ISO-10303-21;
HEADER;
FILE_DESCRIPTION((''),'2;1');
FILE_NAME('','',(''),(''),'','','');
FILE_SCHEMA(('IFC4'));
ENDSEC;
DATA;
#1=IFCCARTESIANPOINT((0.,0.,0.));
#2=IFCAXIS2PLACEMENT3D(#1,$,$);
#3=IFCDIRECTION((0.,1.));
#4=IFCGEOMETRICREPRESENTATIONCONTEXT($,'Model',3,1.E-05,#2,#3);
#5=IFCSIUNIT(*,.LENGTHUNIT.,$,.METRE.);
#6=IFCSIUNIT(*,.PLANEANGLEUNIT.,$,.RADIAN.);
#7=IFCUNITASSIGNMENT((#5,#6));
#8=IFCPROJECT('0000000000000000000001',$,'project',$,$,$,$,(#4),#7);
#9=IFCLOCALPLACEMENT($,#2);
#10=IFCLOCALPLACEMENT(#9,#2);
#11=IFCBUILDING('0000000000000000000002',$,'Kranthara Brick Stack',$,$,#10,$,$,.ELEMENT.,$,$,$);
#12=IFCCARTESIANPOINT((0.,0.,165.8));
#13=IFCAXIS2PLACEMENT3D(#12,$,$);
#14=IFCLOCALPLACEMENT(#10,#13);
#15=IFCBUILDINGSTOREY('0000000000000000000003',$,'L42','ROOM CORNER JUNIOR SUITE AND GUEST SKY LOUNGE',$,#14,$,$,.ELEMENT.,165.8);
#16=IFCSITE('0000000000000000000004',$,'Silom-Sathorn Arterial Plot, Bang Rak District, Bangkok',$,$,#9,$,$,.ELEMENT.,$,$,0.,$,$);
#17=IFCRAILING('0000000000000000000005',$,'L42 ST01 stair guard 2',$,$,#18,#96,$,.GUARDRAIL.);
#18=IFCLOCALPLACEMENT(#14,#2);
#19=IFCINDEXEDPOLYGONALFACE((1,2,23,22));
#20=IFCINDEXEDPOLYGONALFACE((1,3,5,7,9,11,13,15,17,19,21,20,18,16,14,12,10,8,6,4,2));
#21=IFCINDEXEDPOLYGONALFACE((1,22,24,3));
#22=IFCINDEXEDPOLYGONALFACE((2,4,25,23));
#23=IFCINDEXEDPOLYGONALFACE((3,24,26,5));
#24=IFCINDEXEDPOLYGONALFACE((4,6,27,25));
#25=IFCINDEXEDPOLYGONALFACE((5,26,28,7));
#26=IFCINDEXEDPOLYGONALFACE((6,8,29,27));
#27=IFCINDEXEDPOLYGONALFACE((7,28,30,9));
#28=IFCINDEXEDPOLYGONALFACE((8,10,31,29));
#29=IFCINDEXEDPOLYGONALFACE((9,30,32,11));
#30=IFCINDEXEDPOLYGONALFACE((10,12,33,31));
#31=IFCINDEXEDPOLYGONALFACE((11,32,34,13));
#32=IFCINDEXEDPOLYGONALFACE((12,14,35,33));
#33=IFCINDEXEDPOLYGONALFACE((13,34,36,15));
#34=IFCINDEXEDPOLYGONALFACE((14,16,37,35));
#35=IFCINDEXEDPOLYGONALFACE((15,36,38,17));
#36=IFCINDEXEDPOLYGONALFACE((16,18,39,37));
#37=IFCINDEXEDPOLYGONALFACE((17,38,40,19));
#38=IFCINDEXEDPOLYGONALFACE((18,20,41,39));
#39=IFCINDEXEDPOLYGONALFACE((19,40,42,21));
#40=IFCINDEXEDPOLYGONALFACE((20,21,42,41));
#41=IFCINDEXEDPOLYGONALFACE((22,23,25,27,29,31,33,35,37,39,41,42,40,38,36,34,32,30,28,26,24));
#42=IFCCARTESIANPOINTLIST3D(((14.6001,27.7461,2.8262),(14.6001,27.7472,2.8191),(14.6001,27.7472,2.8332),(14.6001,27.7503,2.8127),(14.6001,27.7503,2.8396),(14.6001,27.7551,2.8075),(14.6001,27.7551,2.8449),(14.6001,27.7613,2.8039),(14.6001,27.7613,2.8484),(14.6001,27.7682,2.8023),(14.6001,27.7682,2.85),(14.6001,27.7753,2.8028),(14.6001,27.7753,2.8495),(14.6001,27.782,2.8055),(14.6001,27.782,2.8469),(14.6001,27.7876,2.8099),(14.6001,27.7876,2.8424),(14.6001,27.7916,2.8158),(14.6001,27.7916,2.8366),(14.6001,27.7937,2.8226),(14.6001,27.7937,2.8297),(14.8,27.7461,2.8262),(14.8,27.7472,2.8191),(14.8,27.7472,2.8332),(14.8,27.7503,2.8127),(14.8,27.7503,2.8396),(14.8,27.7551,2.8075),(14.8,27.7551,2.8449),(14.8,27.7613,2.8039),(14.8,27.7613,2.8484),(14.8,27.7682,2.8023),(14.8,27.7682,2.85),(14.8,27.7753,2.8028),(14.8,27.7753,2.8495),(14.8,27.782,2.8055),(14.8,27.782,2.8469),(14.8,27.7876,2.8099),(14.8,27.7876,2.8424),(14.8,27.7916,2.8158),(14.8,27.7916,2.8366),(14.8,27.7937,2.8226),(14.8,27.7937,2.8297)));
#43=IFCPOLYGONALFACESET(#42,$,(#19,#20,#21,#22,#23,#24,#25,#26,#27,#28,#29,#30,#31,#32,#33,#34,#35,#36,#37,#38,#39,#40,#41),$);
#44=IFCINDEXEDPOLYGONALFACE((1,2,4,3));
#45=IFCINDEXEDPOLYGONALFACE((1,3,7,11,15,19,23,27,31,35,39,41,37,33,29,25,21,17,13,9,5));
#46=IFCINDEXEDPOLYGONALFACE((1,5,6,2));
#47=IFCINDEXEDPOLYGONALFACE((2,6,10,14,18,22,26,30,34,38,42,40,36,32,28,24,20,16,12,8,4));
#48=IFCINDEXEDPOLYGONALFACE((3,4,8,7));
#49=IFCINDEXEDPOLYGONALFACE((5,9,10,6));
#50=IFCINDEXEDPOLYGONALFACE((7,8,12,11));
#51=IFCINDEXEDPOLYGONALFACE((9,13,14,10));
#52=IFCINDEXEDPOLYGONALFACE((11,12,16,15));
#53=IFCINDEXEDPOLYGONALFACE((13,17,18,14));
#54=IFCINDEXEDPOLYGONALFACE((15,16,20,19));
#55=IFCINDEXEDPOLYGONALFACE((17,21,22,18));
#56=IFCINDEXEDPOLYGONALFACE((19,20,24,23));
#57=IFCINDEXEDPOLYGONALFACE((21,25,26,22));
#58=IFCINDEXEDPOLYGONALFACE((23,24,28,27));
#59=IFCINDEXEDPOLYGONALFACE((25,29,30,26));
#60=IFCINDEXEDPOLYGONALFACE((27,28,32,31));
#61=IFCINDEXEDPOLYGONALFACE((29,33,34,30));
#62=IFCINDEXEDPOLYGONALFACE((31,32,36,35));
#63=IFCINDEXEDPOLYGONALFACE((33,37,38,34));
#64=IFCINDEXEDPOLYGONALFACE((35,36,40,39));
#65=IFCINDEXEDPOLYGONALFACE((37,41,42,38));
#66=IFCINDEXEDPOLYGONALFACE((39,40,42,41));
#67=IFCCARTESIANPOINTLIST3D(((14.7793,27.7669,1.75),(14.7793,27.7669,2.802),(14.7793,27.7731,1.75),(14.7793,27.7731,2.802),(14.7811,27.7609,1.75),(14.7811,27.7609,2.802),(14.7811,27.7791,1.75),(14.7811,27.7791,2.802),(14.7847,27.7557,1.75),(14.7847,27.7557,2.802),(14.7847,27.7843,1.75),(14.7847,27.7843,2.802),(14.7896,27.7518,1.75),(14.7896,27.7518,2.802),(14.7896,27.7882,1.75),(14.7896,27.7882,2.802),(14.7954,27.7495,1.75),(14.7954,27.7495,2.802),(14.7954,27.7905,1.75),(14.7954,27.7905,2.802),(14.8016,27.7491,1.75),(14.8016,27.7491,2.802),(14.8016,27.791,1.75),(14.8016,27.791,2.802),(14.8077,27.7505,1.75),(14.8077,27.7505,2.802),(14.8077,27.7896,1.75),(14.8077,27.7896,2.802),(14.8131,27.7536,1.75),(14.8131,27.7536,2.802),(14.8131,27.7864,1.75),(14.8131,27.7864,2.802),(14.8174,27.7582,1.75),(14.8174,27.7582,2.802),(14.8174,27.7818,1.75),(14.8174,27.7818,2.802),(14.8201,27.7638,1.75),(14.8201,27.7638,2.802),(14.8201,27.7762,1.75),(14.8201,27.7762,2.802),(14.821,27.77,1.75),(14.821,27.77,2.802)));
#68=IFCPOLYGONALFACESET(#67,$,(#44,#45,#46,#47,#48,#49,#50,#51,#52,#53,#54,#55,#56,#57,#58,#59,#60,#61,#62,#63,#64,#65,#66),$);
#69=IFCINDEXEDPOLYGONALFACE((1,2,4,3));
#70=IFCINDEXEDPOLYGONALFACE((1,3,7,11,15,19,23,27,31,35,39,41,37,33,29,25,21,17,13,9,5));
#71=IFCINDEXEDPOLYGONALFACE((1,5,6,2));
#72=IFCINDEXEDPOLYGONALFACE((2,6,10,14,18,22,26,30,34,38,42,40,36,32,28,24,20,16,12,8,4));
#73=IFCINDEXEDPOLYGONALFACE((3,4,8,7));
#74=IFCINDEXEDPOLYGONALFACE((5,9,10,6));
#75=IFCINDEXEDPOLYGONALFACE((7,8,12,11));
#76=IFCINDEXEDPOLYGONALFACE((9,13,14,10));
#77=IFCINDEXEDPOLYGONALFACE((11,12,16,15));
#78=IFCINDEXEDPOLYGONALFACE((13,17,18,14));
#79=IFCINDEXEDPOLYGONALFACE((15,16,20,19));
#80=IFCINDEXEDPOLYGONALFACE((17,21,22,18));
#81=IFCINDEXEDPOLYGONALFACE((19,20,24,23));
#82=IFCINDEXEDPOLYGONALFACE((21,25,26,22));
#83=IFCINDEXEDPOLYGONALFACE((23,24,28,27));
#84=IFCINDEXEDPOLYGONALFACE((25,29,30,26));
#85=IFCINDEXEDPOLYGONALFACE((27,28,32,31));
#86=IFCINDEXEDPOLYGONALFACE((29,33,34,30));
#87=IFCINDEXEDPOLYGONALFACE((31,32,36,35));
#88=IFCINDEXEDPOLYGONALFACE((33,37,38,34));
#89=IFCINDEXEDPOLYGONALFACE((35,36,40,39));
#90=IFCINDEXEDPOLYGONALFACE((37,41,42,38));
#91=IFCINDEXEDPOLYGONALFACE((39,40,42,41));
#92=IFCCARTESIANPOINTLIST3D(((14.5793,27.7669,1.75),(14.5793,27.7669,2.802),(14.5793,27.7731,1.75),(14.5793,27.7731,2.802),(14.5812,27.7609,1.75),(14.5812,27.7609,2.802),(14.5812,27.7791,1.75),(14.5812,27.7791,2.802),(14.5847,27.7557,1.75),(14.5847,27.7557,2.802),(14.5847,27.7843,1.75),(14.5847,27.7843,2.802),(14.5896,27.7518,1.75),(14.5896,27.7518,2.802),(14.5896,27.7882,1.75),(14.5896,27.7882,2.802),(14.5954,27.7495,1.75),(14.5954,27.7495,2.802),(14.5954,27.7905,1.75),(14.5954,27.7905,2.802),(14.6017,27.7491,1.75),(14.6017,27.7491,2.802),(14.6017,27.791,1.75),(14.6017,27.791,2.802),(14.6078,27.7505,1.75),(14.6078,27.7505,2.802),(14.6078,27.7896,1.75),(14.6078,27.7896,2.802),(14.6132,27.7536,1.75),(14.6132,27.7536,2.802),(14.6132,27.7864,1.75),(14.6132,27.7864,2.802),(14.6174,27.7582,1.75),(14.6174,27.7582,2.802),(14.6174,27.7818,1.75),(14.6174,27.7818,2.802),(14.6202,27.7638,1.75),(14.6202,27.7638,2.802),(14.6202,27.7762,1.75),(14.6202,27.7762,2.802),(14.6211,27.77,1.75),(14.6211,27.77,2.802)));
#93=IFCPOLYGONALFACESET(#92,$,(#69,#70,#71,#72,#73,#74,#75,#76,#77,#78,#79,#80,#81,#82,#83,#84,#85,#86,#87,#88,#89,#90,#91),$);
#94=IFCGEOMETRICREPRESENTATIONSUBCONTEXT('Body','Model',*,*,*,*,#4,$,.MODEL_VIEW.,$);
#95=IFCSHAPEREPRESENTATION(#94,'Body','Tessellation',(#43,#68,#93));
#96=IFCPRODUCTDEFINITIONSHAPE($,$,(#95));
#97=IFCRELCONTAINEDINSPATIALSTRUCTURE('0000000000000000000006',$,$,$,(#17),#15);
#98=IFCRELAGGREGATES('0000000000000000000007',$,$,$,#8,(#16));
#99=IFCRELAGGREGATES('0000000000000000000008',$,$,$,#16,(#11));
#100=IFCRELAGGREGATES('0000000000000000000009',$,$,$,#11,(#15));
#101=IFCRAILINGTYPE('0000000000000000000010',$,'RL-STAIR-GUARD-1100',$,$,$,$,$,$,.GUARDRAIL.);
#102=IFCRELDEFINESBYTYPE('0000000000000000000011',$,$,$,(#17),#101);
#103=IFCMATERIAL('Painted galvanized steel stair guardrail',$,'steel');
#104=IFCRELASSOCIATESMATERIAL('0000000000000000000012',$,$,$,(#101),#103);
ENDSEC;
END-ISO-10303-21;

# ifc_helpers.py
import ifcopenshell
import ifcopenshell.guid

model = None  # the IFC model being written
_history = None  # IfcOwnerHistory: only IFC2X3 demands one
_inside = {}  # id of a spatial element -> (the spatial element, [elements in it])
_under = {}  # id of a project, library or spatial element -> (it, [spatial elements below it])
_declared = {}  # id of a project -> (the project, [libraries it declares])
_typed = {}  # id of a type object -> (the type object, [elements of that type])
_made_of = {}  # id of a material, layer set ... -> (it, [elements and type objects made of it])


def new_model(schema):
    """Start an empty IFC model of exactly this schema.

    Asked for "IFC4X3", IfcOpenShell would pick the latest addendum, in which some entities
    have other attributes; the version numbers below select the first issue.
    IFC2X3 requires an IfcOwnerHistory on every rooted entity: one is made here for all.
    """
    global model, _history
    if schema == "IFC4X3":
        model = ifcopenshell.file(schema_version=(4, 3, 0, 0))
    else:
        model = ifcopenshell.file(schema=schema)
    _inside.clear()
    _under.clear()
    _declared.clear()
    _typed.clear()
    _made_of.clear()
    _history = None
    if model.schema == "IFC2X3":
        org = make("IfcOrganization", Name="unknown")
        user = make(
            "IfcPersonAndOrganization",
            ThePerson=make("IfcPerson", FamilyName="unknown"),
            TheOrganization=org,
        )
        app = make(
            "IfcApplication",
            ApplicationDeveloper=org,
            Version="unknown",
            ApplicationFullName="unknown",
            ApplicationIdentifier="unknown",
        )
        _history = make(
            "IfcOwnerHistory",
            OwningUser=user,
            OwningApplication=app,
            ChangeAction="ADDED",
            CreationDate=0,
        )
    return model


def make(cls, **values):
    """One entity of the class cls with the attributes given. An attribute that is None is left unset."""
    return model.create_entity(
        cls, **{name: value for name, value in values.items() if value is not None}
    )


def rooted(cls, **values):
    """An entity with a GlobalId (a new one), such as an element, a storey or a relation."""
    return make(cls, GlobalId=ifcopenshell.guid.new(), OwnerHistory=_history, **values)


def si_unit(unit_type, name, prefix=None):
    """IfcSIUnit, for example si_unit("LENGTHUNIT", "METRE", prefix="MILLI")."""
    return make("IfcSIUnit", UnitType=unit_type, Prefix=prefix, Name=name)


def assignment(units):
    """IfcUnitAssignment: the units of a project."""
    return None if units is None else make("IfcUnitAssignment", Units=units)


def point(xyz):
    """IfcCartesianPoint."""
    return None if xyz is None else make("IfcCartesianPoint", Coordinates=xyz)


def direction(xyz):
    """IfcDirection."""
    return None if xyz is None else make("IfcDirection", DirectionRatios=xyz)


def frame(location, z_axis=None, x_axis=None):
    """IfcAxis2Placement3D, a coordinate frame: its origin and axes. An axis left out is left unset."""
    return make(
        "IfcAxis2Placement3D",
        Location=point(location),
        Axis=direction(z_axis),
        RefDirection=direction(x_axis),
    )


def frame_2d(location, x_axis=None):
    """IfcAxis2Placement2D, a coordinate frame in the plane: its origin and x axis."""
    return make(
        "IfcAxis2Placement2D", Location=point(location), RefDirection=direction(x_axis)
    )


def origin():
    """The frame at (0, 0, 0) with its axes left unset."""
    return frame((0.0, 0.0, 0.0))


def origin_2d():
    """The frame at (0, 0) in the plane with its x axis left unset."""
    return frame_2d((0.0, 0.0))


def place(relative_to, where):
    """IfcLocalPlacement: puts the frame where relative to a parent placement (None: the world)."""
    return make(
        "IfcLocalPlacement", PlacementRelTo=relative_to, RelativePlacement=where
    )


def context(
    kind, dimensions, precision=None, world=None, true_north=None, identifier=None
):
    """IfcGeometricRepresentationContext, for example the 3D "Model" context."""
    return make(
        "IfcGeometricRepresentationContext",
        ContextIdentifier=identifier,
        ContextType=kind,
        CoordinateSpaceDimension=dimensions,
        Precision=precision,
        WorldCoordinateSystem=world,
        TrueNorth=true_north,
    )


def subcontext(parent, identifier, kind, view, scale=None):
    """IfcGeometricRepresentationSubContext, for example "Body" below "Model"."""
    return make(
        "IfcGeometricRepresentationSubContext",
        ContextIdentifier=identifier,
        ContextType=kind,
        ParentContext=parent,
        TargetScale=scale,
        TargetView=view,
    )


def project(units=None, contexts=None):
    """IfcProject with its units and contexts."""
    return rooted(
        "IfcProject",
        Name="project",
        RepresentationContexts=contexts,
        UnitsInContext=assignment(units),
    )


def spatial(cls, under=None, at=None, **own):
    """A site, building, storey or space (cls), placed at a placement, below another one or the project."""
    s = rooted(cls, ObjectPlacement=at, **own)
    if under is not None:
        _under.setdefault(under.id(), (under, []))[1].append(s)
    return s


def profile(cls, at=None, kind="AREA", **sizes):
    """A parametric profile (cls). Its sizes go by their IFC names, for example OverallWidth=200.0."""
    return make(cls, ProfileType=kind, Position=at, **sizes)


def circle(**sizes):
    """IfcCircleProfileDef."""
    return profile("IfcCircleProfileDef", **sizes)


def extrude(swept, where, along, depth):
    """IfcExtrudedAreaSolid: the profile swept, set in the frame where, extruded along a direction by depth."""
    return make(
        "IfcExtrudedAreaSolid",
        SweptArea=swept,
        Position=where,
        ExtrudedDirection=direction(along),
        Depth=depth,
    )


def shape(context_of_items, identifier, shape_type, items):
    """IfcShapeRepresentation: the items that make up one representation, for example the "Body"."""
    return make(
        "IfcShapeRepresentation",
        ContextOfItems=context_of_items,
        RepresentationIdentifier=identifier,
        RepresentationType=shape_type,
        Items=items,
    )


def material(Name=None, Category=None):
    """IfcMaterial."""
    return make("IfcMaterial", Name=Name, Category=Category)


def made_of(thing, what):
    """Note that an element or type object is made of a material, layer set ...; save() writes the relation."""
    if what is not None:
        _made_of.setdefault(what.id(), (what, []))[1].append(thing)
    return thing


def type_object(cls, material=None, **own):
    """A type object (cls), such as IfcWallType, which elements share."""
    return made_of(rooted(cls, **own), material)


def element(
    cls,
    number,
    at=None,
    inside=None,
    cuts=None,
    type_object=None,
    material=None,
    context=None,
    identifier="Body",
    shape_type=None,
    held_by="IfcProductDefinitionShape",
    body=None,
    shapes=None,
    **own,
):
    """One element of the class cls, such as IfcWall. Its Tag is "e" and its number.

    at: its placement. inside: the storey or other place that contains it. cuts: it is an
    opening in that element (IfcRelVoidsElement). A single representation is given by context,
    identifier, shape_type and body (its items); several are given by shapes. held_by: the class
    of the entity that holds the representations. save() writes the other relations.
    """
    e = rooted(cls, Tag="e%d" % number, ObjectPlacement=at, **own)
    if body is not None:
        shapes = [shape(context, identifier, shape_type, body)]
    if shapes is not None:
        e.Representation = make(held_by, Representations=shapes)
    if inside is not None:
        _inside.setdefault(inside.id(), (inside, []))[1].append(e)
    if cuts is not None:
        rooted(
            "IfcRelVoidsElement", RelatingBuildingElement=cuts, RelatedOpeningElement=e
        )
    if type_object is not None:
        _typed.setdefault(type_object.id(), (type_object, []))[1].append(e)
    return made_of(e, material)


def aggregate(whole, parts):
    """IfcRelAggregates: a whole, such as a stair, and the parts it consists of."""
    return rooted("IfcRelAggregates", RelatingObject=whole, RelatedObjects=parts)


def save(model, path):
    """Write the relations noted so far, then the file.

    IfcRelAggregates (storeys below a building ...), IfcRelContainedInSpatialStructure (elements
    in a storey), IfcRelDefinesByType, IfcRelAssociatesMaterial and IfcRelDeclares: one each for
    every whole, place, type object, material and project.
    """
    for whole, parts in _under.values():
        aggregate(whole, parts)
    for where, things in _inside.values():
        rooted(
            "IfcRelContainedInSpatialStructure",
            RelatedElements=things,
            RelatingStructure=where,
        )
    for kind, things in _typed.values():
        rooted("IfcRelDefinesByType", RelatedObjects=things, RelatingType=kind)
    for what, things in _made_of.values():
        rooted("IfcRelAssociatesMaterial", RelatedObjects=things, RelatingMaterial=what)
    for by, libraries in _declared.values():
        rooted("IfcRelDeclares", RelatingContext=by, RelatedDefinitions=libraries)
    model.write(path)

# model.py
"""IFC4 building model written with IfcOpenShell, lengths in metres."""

from ifc_helpers import new_model, si_unit, direction, frame, origin, origin_2d, place, context, subcontext, project, spatial, circle, extrude, material, type_object, element, save


model = new_model("IFC4")

# Units and contexts
model_context = context("Model", 3, precision=1e-05, world=origin(), true_north=direction((0.0, 1.0)))
body_context = subcontext(model_context, "Body", "Model", "MODEL_VIEW")
ifc_project = project(units=[si_unit("LENGTHUNIT", "METRE"), si_unit("PLANEANGLEUNIT", "RADIAN")], contexts=[model_context])

# Site, building, storey
site_placement = place(None, origin())
site = spatial("IfcSite", under=ifc_project, at=site_placement, Name="Silom-Sathorn Arterial Plot, Bang Rak District, Bangkok", CompositionType="ELEMENT", RefElevation=0.0)
building_placement = place(site_placement, origin())
building = spatial("IfcBuilding", under=site, at=building_placement, Name="Kranthara Brick Stack", CompositionType="ELEMENT")
storey_placement = place(building_placement, frame((0.0, 0.0, 165.8)))
storey = spatial("IfcBuildingStorey", under=building, at=storey_placement, Name="L42", Description="ROOM CORNER JUNIOR SUITE AND GUEST SKY LOUNGE", CompositionType="ELEMENT", Elevation=165.8)

# Railing
ifc_material_1 = material(Name="Painted galvanized steel stair guardrail", Category="steel")
railing_type_1 = type_object("IfcRailingType", Name="RL-STAIR-GUARD-1100", PredefinedType="GUARDRAIL", material=ifc_material_1)
railing_1_placement = place(storey_placement, frame((14.8, 27.77, 1.75)))
element("IfcRailing", 1, at=railing_1_placement, inside=storey, type_object=railing_type_1, Name="L42 ST01 stair guard 2", PredefinedType="GUARDRAIL", context=body_context, shape_type="SweptSolid", body=[
    extrude(circle(Radius=0.0239, at=origin_2d()), frame((0.0, 0.0, 1.0762), z_axis=(-1.0, 0.0, 0.0), x_axis=(0.0, -1.0, 0.0)), (0.0, 0.0, 1.0), 0.2),
    extrude(circle(Radius=0.021, at=origin_2d()), origin(), (0.0, 0.0, 1.0), 1.052),
    extrude(circle(Radius=0.021, at=origin_2d()), frame((-0.2, 0.0, 0.0)), (0.0, 0.0, 1.0), 1.052),
])

save(model, "model.ifc")
